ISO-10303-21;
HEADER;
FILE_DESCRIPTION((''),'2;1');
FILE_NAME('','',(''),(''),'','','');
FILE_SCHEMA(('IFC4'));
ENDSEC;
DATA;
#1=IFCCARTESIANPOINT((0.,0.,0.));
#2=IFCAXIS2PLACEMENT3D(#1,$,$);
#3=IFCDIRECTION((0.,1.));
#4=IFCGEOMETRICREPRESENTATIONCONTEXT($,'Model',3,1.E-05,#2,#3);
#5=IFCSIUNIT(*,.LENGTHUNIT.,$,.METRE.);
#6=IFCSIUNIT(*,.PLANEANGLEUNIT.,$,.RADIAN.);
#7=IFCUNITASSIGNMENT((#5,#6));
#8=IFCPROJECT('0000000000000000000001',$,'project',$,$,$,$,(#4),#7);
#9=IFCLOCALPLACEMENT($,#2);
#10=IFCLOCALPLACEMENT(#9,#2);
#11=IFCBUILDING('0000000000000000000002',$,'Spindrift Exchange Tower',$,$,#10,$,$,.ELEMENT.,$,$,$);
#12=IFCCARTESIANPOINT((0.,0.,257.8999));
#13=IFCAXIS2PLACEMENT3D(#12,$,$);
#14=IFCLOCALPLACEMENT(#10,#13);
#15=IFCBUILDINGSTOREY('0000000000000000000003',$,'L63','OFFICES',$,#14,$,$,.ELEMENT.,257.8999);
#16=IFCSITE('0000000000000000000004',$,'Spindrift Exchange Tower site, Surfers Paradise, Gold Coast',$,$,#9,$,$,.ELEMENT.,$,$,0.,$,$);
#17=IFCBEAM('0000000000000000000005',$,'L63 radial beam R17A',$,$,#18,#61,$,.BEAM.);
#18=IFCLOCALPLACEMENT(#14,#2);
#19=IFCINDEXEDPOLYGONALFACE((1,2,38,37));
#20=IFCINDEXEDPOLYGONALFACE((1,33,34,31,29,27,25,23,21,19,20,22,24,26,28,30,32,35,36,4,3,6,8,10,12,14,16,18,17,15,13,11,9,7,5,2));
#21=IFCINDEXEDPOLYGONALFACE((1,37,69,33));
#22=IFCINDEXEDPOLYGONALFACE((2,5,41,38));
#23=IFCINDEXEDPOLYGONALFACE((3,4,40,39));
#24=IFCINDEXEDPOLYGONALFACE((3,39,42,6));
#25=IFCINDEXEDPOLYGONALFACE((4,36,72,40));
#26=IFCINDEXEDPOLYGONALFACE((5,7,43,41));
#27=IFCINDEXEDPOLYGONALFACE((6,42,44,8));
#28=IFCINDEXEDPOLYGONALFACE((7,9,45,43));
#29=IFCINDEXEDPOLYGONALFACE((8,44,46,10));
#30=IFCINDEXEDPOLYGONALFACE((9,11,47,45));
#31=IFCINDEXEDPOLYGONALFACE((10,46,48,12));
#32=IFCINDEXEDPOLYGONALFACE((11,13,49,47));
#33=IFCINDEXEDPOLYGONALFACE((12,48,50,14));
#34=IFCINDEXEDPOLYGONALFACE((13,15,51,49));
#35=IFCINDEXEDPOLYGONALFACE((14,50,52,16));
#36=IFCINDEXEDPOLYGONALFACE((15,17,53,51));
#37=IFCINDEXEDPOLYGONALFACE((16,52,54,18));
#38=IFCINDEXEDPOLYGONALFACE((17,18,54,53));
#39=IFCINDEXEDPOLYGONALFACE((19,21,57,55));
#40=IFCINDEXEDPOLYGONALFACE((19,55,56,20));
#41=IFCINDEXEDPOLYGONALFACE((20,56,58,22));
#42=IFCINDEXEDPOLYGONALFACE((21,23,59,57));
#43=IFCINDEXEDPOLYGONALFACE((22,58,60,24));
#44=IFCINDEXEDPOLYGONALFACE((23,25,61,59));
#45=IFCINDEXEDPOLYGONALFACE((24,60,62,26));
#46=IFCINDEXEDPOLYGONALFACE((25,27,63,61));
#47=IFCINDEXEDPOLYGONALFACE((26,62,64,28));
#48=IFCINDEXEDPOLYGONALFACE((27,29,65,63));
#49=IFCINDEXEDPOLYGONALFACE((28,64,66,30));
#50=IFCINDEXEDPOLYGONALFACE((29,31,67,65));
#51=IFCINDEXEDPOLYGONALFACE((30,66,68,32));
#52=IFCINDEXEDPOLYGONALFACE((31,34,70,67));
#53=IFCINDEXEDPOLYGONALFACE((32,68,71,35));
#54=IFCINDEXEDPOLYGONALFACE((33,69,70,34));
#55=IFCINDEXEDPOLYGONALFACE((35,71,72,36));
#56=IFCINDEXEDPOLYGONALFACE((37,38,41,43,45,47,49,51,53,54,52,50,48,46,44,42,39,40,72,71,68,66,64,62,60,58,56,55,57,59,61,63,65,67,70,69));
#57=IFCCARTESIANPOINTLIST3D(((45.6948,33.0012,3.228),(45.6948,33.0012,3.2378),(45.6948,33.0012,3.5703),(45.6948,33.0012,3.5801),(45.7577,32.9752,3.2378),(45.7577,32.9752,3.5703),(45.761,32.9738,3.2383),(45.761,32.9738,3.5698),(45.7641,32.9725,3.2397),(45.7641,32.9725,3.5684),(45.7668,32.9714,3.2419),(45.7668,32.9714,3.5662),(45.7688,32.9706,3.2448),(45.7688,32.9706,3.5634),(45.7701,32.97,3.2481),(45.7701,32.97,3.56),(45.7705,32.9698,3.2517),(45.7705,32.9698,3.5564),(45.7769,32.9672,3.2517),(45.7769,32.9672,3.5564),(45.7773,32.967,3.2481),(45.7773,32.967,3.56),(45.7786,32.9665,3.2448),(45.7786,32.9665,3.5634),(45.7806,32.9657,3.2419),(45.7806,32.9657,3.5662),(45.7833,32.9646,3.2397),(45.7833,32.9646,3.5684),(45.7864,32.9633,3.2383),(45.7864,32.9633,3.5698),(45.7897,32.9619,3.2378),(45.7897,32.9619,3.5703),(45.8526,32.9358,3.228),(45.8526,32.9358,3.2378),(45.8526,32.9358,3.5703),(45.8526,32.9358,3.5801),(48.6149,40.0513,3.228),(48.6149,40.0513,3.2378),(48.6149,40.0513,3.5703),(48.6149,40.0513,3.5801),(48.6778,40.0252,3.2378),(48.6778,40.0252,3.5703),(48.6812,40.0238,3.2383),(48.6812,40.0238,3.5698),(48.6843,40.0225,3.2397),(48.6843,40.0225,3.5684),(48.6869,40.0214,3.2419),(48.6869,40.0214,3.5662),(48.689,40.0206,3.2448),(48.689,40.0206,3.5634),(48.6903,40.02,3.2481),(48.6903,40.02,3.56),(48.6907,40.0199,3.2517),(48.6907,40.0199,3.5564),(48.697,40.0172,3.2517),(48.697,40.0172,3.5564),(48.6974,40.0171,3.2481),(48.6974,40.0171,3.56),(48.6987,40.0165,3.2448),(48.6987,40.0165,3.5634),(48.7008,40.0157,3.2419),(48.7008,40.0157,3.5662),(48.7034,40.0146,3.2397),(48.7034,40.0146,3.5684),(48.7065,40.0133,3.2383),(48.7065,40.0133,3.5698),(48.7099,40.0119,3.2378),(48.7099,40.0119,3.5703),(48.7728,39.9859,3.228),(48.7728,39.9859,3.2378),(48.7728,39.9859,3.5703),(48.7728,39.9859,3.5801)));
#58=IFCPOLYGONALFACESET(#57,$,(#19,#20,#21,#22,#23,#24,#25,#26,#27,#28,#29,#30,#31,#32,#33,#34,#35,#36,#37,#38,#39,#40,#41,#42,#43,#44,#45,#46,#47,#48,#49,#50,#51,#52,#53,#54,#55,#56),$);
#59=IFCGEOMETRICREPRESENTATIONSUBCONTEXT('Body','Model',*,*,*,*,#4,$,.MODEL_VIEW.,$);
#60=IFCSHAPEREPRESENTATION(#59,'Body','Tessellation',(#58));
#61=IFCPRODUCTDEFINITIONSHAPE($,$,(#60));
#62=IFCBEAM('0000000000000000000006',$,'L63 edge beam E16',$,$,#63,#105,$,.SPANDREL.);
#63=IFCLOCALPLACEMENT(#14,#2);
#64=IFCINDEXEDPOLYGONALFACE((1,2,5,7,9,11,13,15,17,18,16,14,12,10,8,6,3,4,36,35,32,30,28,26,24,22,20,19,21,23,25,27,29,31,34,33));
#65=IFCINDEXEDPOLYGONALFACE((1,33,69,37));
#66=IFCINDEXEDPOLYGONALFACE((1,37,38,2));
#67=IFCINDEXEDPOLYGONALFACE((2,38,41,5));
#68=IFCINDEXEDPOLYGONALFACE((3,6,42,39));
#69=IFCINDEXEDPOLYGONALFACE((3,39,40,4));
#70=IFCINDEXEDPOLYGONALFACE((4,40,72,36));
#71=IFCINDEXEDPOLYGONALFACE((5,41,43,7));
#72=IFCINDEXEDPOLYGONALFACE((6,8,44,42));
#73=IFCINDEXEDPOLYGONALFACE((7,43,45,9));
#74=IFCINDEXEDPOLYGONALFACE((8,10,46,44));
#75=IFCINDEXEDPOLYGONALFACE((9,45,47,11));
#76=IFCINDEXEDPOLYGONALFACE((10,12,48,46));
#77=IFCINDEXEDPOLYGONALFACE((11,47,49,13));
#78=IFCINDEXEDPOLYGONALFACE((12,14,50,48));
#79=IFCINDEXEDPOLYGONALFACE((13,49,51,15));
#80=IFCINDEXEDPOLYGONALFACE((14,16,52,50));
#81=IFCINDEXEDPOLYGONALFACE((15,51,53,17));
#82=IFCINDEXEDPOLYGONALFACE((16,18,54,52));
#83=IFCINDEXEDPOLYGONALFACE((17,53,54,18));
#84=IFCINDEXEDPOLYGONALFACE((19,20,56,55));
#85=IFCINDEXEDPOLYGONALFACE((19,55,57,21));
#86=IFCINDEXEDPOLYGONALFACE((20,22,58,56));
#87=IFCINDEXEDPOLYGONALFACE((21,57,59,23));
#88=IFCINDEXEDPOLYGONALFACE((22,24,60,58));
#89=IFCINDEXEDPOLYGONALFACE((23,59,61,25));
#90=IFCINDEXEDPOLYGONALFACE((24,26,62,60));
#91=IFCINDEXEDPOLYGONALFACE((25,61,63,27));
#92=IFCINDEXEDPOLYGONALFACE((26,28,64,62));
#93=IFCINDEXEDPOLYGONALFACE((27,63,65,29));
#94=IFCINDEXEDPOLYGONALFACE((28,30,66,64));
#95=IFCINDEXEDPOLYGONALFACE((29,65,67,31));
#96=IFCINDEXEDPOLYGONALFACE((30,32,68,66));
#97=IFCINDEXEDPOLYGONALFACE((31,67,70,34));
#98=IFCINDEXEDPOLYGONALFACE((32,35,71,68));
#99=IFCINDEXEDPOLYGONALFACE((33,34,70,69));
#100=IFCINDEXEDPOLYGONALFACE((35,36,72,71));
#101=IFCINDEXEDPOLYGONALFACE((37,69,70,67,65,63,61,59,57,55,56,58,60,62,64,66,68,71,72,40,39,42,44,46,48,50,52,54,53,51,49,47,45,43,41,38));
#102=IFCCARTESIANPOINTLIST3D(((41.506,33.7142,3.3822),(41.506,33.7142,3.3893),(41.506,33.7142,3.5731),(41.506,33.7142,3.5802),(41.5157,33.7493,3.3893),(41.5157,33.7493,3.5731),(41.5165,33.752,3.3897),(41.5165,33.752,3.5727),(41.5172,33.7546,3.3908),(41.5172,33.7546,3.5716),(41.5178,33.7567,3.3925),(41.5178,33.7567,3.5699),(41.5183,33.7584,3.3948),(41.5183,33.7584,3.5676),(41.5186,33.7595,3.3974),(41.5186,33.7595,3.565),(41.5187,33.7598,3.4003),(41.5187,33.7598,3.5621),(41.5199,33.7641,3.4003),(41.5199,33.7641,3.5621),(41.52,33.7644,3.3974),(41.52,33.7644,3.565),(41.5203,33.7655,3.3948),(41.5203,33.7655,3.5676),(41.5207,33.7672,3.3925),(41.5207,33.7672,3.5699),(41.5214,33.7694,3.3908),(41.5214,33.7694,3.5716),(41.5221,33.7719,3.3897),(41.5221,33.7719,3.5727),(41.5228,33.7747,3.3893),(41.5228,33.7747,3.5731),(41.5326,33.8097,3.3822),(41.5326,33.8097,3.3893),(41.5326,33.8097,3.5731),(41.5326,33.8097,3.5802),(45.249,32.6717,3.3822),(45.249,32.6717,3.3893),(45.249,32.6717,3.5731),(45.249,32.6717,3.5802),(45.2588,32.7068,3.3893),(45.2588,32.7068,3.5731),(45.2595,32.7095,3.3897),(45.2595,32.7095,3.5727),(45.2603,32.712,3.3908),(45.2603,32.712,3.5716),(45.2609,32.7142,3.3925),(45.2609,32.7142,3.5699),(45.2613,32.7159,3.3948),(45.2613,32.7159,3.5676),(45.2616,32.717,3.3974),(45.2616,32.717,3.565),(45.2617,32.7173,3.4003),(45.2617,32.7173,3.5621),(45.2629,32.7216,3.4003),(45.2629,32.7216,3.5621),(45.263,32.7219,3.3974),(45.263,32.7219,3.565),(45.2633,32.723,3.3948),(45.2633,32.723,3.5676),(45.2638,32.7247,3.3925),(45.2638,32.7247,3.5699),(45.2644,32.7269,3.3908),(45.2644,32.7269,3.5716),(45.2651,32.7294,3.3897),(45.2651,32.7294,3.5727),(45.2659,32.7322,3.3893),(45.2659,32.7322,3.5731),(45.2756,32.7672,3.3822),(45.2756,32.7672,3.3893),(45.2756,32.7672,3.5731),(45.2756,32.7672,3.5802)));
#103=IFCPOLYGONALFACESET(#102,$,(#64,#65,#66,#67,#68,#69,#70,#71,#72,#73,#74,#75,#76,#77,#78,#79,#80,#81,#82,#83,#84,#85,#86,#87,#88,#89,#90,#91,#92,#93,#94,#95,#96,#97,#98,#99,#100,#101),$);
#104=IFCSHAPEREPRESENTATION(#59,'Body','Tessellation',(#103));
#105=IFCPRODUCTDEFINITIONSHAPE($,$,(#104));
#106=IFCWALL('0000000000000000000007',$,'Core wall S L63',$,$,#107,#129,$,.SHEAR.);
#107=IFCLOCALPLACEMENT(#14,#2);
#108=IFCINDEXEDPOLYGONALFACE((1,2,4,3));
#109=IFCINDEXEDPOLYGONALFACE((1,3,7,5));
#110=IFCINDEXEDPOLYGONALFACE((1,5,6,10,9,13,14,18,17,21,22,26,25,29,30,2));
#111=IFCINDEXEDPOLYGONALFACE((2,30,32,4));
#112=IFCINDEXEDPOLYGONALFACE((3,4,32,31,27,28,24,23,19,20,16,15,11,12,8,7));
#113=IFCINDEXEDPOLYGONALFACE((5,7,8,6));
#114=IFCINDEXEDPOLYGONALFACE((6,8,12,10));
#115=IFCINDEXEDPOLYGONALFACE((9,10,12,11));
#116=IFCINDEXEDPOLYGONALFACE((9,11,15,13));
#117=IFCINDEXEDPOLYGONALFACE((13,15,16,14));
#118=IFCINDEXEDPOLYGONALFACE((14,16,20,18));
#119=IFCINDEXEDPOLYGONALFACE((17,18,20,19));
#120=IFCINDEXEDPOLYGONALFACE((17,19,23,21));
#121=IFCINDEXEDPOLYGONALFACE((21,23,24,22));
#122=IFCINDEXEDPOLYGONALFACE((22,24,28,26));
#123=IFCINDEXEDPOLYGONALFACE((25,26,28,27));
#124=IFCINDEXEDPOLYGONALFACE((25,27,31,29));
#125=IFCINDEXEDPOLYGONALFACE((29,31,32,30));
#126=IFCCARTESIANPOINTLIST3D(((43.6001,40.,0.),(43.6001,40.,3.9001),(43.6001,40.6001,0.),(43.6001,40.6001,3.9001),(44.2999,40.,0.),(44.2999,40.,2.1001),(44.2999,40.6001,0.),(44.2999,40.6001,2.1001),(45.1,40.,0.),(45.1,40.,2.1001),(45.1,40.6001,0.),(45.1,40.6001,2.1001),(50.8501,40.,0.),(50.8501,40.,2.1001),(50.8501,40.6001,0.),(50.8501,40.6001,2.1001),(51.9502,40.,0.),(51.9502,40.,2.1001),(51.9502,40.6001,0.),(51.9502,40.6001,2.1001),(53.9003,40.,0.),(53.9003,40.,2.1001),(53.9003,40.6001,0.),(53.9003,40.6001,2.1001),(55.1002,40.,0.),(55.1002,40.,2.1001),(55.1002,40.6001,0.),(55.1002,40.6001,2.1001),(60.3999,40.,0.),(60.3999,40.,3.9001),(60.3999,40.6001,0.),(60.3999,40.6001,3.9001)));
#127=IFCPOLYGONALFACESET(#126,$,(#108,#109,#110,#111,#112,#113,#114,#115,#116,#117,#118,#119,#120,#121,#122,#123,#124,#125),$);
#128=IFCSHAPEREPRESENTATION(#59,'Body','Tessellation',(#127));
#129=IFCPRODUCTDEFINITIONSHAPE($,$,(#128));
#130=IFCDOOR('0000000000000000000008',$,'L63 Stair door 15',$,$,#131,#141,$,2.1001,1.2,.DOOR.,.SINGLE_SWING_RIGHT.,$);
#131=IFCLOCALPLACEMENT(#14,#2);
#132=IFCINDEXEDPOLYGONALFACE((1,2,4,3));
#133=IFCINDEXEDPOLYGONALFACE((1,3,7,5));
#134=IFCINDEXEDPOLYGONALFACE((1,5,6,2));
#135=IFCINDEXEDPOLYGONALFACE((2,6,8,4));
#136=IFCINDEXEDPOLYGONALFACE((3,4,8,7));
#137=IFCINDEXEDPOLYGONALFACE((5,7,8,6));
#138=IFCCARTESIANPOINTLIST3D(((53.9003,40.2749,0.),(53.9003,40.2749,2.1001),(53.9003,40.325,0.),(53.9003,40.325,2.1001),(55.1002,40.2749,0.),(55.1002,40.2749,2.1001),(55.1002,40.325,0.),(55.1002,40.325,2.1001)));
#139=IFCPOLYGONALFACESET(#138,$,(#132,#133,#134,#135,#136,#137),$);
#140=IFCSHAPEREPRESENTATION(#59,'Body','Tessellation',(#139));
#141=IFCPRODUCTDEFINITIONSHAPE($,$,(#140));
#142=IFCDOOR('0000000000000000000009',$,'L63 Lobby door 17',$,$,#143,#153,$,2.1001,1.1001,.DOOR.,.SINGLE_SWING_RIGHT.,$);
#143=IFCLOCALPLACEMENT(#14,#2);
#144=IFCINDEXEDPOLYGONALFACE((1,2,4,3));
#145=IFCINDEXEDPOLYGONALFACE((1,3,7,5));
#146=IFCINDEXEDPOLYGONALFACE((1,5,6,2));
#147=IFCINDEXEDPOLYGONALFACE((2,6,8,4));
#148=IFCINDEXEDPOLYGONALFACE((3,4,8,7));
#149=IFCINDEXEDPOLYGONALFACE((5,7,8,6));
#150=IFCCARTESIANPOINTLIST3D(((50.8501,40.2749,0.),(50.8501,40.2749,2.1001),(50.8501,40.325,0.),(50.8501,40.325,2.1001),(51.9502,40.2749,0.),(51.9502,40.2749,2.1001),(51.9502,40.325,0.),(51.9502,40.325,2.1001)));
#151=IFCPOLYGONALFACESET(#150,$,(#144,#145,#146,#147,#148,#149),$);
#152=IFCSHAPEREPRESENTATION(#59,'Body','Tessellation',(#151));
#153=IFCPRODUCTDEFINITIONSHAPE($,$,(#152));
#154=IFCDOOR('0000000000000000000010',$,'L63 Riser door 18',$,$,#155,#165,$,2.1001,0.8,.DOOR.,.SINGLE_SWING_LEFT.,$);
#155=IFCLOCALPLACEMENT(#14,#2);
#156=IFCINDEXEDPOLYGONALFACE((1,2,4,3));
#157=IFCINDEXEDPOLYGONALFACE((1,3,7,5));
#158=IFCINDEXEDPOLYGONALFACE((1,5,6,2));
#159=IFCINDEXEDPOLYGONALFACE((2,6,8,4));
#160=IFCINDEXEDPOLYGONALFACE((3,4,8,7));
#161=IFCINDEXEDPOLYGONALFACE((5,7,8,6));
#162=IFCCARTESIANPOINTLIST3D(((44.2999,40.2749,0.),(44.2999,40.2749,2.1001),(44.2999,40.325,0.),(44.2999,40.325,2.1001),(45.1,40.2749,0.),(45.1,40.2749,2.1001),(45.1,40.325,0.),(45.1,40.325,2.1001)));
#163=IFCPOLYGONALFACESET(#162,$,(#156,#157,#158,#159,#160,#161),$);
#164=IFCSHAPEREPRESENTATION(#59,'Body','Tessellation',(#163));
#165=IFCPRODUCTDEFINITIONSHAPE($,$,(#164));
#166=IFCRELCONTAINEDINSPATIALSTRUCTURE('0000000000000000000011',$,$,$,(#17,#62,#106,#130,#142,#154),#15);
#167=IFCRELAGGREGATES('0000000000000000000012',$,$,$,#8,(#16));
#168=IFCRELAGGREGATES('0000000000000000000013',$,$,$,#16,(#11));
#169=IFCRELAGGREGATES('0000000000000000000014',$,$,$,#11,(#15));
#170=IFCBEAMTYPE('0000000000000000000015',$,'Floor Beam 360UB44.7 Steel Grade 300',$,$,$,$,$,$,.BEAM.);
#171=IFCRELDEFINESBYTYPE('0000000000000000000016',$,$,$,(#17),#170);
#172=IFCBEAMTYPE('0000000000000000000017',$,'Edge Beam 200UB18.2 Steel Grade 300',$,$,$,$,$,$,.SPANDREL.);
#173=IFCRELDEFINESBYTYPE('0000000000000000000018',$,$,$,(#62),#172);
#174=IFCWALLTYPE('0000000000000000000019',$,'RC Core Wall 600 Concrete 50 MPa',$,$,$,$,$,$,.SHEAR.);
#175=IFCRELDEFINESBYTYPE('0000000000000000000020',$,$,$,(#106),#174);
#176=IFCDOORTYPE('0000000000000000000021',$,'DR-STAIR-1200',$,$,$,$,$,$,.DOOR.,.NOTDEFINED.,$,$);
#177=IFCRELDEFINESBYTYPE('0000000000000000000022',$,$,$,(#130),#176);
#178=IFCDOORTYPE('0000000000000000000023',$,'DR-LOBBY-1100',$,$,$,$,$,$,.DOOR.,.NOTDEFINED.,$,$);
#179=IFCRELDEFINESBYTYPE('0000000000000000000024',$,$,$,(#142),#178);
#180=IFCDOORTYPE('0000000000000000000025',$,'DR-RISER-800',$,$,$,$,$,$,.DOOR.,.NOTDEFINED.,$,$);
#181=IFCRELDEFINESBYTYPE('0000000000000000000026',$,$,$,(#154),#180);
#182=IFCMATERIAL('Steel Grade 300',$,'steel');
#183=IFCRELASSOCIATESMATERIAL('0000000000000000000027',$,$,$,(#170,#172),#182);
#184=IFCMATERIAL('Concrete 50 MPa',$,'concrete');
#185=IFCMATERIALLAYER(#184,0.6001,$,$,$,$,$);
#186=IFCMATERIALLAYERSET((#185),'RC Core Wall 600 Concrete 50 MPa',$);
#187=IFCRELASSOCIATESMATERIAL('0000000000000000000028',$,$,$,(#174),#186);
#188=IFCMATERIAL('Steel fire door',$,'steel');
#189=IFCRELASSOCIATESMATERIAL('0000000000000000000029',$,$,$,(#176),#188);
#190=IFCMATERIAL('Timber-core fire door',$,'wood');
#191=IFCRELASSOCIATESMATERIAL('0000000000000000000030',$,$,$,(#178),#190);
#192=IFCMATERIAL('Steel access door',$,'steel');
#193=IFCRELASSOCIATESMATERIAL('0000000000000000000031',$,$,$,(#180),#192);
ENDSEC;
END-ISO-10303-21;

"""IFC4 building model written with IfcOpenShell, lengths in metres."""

from ifc_helpers import new_model, si_unit, direction, frame, frame_2d, origin, origin_2d, place, context, subcontext, project, spatial, rectangle, i_section, extrude, source, transform, mapped, material, layer, layer_set, material_profile, profile_set, type_object, element, fill, save


model = new_model("IFC4")

# Units and contexts
model_context = context("Model", 3, precision=1e-05, world=origin(), true_north=direction((0.0, 1.0)))
body_context = subcontext(model_context, "Body", "Model", "MODEL_VIEW")
ifc_project = project(units=[si_unit("LENGTHUNIT", "METRE"), si_unit("PLANEANGLEUNIT", "RADIAN")], contexts=[model_context])

# Site, building, storey
site_placement = place(None, origin())
site = spatial("IfcSite", under=ifc_project, at=site_placement, Name="Spindrift Exchange Tower site, Surfers Paradise, Gold Coast", CompositionType="ELEMENT", RefElevation=0.0)
building_placement = place(site_placement, origin())
building = spatial("IfcBuilding", under=site, at=building_placement, Name="Spindrift Exchange Tower", CompositionType="ELEMENT")
storey_placement = place(building_placement, frame((0.0, 0.0, 257.8999)))
storey = spatial("IfcBuildingStorey", under=building, at=storey_placement, Name="L63", Description="OFFICES", CompositionType="ELEMENT", Elevation=257.8999)

# Beams
ifc_material_1 = material(Name="Steel Grade 300", Category="steel")
ifc_material_profile_1 = material_profile(ifc_material_1, i_section(OverallWidth=0.1709, OverallDepth=0.3521, WebThickness=0.0068, FlangeThickness=0.0098, FilletRadius=0.0139, at=origin_2d()), Name="360UB44.7")
ifc_profile_set_1 = profile_set([ifc_material_profile_1], Name="Steel Grade 300")
beam_type_1 = type_object("IfcBeamType", Name="Floor Beam 360UB44.7 Steel Grade 300", PredefinedType="BEAM", material=ifc_profile_set_1)
shared_shape_1 = source(origin(), body_context, "Body", "SweptSolid", [
    extrude(i_section(OverallWidth=0.1709, OverallDepth=0.3521, WebThickness=0.0068, FlangeThickness=0.0098, FilletRadius=0.0139, at=origin_2d()), origin(), (0.0, 0.0, 1.0), 7.6309),
])
beam_1_placement = place(storey_placement, frame((48.6938, 40.0186, 3.4041), z_axis=(-0.382677, -0.923882, 0.0), x_axis=(0.923882, -0.382677, 0.0)))
element("IfcBeam", 1, at=beam_1_placement, inside=storey, type_object=beam_type_1, Name="L63 radial beam R17A", PredefinedType="BEAM", context=body_context, shape_type="MappedRepresentation", body=[
    mapped(shared_shape_1, transform((0.0, 0.0, 0.0), scale=1.0)),
])
ifc_material_profile_2 = material_profile(ifc_material_1, i_section(OverallWidth=0.0991, OverallDepth=0.198, WebThickness=0.0044, FlangeThickness=0.0071, FilletRadius=0.011, at=origin_2d()), Name="200UB18.2")
ifc_profile_set_2 = profile_set([ifc_material_profile_2], Name="Steel Grade 300")
beam_type_2 = type_object("IfcBeamType", Name="Edge Beam 200UB18.2 Steel Grade 300", PredefinedType="SPANDREL", material=ifc_profile_set_2)
shared_shape_2 = source(origin(), body_context, "Body", "SweptSolid", [
    extrude(i_section(OverallWidth=0.0991, OverallDepth=0.198, WebThickness=0.0044, FlangeThickness=0.0071, FilletRadius=0.011, at=origin_2d()), origin(), (0.0, 0.0, 1.0), 3.8855),
])
beam_2_placement = place(storey_placement, frame((41.5193, 33.762, 3.4812), z_axis=(0.963333, -0.268308, 0.0), x_axis=(0.268308, 0.963333, 0.0)))
element("IfcBeam", 2, at=beam_2_placement, inside=storey, type_object=beam_type_2, Name="L63 edge beam E16", PredefinedType="SPANDREL", context=body_context, shape_type="MappedRepresentation", body=[
    mapped(shared_shape_2, transform((0.0, 0.0, 0.0), scale=1.0)),
])

# Wall, openings, doors
ifc_material_2 = material(Name="Concrete 50 MPa", Category="concrete")
ifc_layer_1 = layer(ifc_material_2, 0.6001)
ifc_layer_set_1 = layer_set([ifc_layer_1], Name="RC Core Wall 600 Concrete 50 MPa")
wall_type_1 = type_object("IfcWallType", Name="RC Core Wall 600 Concrete 50 MPa", PredefinedType="SHEAR", material=ifc_layer_set_1)
wall_1_placement = place(storey_placement, frame((43.6001, 40.3, 0.0), z_axis=(0.0, 0.0, 1.0), x_axis=(1.0, 0.0, 0.0)))
wall_1 = element("IfcWall", 3, at=wall_1_placement, inside=storey, type_object=wall_type_1, Name="Core wall S L63", PredefinedType="SHEAR", context=body_context, shape_type="SweptSolid", body=[
    extrude(rectangle(XDim=16.7998, YDim=0.6001, at=frame_2d((8.3999, 0.0))), origin(), (0.0, 0.0, 1.0), 3.9001),
])
opening_1_placement = place(wall_1_placement, frame((10.3, 0.0, 0.0)))
opening_1 = element("IfcOpeningElement", 4, at=opening_1_placement, cuts=wall_1, PredefinedType="OPENING", context=body_context, shape_type="SweptSolid", body=[
    extrude(rectangle(XDim=1.2, YDim=2.1001, at=frame_2d((0.6001, 1.05))), frame((0.0, 0.3101, 0.0), z_axis=(0.0, -1.0, 0.0), x_axis=(1.0, 0.0, 0.0)), (0.0, 0.0, 1.0), 0.6201),
])
opening_2_placement = place(wall_1_placement, frame((7.25, 0.0, 0.0)))
opening_2 = element("IfcOpeningElement", 5, at=opening_2_placement, cuts=wall_1, PredefinedType="OPENING", context=body_context, shape_type="SweptSolid", body=[
    extrude(rectangle(XDim=1.1001, YDim=2.1001, at=frame_2d((0.55, 1.05))), frame((0.0, 0.3101, 0.0), z_axis=(0.0, -1.0, 0.0), x_axis=(1.0, 0.0, 0.0)), (0.0, 0.0, 1.0), 0.6201),
])
opening_3_placement = place(wall_1_placement, frame((0.7, 0.0, 0.0)))
opening_3 = element("IfcOpeningElement", 6, at=opening_3_placement, cuts=wall_1, PredefinedType="OPENING", context=body_context, shape_type="SweptSolid", body=[
    extrude(rectangle(XDim=0.8, YDim=2.1001, at=frame_2d((0.3999, 1.05))), frame((0.0, 0.3101, 0.0), z_axis=(0.0, -1.0, 0.0), x_axis=(1.0, 0.0, 0.0)), (0.0, 0.0, 1.0), 0.6201),
])
ifc_material_3 = material(Name="Steel fire door", Category="steel")
door_type_1 = type_object("IfcDoorType", Name="DR-STAIR-1200", OperationType="NOTDEFINED", PredefinedType="DOOR", material=ifc_material_3)
shared_shape_3 = source(origin(), body_context, "Body", "SweptSolid", [
    extrude(rectangle(XDim=1.2, YDim=2.1001, at=frame_2d((0.6001, 1.05))), frame((0.0, 0.0249, 0.0), z_axis=(0.0, -1.0, 0.0), x_axis=(1.0, 0.0, 0.0)), (0.0, 0.0, 1.0), 0.05),
])
door_1_placement = place(opening_1_placement, origin())
door_1 = element("IfcDoor", 7, at=door_1_placement, inside=storey, type_object=door_type_1, Name="L63 Stair door 15", OperationType="SINGLE_SWING_RIGHT", OverallHeight=2.1001, OverallWidth=1.2, PredefinedType="DOOR", context=body_context, shape_type="MappedRepresentation", body=[
    mapped(shared_shape_3, transform((0.0, 0.0, 0.0), scale=1.0)),
])
fill(opening_1, door_1)
ifc_material_4 = material(Name="Timber-core fire door", Category="wood")
door_type_2 = type_object("IfcDoorType", Name="DR-LOBBY-1100", OperationType="NOTDEFINED", PredefinedType="DOOR", material=ifc_material_4)
shared_shape_4 = source(origin(), body_context, "Body", "SweptSolid", [
    extrude(rectangle(XDim=1.1001, YDim=2.1001, at=frame_2d((0.55, 1.05))), frame((0.0, 0.0249, 0.0), z_axis=(0.0, -1.0, 0.0), x_axis=(1.0, 0.0, 0.0)), (0.0, 0.0, 1.0), 0.05),
])
door_2_placement = place(opening_2_placement, origin())
door_2 = element("IfcDoor", 8, at=door_2_placement, inside=storey, type_object=door_type_2, Name="L63 Lobby door 17", OperationType="SINGLE_SWING_RIGHT", OverallHeight=2.1001, OverallWidth=1.1001, PredefinedType="DOOR", context=body_context, shape_type="MappedRepresentation", body=[
    mapped(shared_shape_4, transform((0.0, 0.0, 0.0), scale=1.0)),
])
fill(opening_2, door_2)
ifc_material_5 = material(Name="Steel access door", Category="steel")
door_type_3 = type_object("IfcDoorType", Name="DR-RISER-800", OperationType="NOTDEFINED", PredefinedType="DOOR", material=ifc_material_5)
shared_shape_5 = source(origin(), body_context, "Body", "SweptSolid", [
    extrude(rectangle(XDim=0.8, YDim=2.1001, at=frame_2d((0.3999, 1.05))), frame((0.0, 0.0249, 0.0), z_axis=(0.0, -1.0, 0.0), x_axis=(1.0, 0.0, 0.0)), (0.0, 0.0, 1.0), 0.05),
])
door_3_placement = place(opening_3_placement, origin())
door_3 = element("IfcDoor", 9, at=door_3_placement, inside=storey, type_object=door_type_3, Name="L63 Riser door 18", OperationType="SINGLE_SWING_LEFT", OverallHeight=2.1001, OverallWidth=0.8, PredefinedType="DOOR", context=body_context, shape_type="MappedRepresentation", body=[
    mapped(shared_shape_5, transform((0.0, 0.0, 0.0), scale=1.0)),
])
fill(opening_3, door_3)

save(model, "model.ifc")
